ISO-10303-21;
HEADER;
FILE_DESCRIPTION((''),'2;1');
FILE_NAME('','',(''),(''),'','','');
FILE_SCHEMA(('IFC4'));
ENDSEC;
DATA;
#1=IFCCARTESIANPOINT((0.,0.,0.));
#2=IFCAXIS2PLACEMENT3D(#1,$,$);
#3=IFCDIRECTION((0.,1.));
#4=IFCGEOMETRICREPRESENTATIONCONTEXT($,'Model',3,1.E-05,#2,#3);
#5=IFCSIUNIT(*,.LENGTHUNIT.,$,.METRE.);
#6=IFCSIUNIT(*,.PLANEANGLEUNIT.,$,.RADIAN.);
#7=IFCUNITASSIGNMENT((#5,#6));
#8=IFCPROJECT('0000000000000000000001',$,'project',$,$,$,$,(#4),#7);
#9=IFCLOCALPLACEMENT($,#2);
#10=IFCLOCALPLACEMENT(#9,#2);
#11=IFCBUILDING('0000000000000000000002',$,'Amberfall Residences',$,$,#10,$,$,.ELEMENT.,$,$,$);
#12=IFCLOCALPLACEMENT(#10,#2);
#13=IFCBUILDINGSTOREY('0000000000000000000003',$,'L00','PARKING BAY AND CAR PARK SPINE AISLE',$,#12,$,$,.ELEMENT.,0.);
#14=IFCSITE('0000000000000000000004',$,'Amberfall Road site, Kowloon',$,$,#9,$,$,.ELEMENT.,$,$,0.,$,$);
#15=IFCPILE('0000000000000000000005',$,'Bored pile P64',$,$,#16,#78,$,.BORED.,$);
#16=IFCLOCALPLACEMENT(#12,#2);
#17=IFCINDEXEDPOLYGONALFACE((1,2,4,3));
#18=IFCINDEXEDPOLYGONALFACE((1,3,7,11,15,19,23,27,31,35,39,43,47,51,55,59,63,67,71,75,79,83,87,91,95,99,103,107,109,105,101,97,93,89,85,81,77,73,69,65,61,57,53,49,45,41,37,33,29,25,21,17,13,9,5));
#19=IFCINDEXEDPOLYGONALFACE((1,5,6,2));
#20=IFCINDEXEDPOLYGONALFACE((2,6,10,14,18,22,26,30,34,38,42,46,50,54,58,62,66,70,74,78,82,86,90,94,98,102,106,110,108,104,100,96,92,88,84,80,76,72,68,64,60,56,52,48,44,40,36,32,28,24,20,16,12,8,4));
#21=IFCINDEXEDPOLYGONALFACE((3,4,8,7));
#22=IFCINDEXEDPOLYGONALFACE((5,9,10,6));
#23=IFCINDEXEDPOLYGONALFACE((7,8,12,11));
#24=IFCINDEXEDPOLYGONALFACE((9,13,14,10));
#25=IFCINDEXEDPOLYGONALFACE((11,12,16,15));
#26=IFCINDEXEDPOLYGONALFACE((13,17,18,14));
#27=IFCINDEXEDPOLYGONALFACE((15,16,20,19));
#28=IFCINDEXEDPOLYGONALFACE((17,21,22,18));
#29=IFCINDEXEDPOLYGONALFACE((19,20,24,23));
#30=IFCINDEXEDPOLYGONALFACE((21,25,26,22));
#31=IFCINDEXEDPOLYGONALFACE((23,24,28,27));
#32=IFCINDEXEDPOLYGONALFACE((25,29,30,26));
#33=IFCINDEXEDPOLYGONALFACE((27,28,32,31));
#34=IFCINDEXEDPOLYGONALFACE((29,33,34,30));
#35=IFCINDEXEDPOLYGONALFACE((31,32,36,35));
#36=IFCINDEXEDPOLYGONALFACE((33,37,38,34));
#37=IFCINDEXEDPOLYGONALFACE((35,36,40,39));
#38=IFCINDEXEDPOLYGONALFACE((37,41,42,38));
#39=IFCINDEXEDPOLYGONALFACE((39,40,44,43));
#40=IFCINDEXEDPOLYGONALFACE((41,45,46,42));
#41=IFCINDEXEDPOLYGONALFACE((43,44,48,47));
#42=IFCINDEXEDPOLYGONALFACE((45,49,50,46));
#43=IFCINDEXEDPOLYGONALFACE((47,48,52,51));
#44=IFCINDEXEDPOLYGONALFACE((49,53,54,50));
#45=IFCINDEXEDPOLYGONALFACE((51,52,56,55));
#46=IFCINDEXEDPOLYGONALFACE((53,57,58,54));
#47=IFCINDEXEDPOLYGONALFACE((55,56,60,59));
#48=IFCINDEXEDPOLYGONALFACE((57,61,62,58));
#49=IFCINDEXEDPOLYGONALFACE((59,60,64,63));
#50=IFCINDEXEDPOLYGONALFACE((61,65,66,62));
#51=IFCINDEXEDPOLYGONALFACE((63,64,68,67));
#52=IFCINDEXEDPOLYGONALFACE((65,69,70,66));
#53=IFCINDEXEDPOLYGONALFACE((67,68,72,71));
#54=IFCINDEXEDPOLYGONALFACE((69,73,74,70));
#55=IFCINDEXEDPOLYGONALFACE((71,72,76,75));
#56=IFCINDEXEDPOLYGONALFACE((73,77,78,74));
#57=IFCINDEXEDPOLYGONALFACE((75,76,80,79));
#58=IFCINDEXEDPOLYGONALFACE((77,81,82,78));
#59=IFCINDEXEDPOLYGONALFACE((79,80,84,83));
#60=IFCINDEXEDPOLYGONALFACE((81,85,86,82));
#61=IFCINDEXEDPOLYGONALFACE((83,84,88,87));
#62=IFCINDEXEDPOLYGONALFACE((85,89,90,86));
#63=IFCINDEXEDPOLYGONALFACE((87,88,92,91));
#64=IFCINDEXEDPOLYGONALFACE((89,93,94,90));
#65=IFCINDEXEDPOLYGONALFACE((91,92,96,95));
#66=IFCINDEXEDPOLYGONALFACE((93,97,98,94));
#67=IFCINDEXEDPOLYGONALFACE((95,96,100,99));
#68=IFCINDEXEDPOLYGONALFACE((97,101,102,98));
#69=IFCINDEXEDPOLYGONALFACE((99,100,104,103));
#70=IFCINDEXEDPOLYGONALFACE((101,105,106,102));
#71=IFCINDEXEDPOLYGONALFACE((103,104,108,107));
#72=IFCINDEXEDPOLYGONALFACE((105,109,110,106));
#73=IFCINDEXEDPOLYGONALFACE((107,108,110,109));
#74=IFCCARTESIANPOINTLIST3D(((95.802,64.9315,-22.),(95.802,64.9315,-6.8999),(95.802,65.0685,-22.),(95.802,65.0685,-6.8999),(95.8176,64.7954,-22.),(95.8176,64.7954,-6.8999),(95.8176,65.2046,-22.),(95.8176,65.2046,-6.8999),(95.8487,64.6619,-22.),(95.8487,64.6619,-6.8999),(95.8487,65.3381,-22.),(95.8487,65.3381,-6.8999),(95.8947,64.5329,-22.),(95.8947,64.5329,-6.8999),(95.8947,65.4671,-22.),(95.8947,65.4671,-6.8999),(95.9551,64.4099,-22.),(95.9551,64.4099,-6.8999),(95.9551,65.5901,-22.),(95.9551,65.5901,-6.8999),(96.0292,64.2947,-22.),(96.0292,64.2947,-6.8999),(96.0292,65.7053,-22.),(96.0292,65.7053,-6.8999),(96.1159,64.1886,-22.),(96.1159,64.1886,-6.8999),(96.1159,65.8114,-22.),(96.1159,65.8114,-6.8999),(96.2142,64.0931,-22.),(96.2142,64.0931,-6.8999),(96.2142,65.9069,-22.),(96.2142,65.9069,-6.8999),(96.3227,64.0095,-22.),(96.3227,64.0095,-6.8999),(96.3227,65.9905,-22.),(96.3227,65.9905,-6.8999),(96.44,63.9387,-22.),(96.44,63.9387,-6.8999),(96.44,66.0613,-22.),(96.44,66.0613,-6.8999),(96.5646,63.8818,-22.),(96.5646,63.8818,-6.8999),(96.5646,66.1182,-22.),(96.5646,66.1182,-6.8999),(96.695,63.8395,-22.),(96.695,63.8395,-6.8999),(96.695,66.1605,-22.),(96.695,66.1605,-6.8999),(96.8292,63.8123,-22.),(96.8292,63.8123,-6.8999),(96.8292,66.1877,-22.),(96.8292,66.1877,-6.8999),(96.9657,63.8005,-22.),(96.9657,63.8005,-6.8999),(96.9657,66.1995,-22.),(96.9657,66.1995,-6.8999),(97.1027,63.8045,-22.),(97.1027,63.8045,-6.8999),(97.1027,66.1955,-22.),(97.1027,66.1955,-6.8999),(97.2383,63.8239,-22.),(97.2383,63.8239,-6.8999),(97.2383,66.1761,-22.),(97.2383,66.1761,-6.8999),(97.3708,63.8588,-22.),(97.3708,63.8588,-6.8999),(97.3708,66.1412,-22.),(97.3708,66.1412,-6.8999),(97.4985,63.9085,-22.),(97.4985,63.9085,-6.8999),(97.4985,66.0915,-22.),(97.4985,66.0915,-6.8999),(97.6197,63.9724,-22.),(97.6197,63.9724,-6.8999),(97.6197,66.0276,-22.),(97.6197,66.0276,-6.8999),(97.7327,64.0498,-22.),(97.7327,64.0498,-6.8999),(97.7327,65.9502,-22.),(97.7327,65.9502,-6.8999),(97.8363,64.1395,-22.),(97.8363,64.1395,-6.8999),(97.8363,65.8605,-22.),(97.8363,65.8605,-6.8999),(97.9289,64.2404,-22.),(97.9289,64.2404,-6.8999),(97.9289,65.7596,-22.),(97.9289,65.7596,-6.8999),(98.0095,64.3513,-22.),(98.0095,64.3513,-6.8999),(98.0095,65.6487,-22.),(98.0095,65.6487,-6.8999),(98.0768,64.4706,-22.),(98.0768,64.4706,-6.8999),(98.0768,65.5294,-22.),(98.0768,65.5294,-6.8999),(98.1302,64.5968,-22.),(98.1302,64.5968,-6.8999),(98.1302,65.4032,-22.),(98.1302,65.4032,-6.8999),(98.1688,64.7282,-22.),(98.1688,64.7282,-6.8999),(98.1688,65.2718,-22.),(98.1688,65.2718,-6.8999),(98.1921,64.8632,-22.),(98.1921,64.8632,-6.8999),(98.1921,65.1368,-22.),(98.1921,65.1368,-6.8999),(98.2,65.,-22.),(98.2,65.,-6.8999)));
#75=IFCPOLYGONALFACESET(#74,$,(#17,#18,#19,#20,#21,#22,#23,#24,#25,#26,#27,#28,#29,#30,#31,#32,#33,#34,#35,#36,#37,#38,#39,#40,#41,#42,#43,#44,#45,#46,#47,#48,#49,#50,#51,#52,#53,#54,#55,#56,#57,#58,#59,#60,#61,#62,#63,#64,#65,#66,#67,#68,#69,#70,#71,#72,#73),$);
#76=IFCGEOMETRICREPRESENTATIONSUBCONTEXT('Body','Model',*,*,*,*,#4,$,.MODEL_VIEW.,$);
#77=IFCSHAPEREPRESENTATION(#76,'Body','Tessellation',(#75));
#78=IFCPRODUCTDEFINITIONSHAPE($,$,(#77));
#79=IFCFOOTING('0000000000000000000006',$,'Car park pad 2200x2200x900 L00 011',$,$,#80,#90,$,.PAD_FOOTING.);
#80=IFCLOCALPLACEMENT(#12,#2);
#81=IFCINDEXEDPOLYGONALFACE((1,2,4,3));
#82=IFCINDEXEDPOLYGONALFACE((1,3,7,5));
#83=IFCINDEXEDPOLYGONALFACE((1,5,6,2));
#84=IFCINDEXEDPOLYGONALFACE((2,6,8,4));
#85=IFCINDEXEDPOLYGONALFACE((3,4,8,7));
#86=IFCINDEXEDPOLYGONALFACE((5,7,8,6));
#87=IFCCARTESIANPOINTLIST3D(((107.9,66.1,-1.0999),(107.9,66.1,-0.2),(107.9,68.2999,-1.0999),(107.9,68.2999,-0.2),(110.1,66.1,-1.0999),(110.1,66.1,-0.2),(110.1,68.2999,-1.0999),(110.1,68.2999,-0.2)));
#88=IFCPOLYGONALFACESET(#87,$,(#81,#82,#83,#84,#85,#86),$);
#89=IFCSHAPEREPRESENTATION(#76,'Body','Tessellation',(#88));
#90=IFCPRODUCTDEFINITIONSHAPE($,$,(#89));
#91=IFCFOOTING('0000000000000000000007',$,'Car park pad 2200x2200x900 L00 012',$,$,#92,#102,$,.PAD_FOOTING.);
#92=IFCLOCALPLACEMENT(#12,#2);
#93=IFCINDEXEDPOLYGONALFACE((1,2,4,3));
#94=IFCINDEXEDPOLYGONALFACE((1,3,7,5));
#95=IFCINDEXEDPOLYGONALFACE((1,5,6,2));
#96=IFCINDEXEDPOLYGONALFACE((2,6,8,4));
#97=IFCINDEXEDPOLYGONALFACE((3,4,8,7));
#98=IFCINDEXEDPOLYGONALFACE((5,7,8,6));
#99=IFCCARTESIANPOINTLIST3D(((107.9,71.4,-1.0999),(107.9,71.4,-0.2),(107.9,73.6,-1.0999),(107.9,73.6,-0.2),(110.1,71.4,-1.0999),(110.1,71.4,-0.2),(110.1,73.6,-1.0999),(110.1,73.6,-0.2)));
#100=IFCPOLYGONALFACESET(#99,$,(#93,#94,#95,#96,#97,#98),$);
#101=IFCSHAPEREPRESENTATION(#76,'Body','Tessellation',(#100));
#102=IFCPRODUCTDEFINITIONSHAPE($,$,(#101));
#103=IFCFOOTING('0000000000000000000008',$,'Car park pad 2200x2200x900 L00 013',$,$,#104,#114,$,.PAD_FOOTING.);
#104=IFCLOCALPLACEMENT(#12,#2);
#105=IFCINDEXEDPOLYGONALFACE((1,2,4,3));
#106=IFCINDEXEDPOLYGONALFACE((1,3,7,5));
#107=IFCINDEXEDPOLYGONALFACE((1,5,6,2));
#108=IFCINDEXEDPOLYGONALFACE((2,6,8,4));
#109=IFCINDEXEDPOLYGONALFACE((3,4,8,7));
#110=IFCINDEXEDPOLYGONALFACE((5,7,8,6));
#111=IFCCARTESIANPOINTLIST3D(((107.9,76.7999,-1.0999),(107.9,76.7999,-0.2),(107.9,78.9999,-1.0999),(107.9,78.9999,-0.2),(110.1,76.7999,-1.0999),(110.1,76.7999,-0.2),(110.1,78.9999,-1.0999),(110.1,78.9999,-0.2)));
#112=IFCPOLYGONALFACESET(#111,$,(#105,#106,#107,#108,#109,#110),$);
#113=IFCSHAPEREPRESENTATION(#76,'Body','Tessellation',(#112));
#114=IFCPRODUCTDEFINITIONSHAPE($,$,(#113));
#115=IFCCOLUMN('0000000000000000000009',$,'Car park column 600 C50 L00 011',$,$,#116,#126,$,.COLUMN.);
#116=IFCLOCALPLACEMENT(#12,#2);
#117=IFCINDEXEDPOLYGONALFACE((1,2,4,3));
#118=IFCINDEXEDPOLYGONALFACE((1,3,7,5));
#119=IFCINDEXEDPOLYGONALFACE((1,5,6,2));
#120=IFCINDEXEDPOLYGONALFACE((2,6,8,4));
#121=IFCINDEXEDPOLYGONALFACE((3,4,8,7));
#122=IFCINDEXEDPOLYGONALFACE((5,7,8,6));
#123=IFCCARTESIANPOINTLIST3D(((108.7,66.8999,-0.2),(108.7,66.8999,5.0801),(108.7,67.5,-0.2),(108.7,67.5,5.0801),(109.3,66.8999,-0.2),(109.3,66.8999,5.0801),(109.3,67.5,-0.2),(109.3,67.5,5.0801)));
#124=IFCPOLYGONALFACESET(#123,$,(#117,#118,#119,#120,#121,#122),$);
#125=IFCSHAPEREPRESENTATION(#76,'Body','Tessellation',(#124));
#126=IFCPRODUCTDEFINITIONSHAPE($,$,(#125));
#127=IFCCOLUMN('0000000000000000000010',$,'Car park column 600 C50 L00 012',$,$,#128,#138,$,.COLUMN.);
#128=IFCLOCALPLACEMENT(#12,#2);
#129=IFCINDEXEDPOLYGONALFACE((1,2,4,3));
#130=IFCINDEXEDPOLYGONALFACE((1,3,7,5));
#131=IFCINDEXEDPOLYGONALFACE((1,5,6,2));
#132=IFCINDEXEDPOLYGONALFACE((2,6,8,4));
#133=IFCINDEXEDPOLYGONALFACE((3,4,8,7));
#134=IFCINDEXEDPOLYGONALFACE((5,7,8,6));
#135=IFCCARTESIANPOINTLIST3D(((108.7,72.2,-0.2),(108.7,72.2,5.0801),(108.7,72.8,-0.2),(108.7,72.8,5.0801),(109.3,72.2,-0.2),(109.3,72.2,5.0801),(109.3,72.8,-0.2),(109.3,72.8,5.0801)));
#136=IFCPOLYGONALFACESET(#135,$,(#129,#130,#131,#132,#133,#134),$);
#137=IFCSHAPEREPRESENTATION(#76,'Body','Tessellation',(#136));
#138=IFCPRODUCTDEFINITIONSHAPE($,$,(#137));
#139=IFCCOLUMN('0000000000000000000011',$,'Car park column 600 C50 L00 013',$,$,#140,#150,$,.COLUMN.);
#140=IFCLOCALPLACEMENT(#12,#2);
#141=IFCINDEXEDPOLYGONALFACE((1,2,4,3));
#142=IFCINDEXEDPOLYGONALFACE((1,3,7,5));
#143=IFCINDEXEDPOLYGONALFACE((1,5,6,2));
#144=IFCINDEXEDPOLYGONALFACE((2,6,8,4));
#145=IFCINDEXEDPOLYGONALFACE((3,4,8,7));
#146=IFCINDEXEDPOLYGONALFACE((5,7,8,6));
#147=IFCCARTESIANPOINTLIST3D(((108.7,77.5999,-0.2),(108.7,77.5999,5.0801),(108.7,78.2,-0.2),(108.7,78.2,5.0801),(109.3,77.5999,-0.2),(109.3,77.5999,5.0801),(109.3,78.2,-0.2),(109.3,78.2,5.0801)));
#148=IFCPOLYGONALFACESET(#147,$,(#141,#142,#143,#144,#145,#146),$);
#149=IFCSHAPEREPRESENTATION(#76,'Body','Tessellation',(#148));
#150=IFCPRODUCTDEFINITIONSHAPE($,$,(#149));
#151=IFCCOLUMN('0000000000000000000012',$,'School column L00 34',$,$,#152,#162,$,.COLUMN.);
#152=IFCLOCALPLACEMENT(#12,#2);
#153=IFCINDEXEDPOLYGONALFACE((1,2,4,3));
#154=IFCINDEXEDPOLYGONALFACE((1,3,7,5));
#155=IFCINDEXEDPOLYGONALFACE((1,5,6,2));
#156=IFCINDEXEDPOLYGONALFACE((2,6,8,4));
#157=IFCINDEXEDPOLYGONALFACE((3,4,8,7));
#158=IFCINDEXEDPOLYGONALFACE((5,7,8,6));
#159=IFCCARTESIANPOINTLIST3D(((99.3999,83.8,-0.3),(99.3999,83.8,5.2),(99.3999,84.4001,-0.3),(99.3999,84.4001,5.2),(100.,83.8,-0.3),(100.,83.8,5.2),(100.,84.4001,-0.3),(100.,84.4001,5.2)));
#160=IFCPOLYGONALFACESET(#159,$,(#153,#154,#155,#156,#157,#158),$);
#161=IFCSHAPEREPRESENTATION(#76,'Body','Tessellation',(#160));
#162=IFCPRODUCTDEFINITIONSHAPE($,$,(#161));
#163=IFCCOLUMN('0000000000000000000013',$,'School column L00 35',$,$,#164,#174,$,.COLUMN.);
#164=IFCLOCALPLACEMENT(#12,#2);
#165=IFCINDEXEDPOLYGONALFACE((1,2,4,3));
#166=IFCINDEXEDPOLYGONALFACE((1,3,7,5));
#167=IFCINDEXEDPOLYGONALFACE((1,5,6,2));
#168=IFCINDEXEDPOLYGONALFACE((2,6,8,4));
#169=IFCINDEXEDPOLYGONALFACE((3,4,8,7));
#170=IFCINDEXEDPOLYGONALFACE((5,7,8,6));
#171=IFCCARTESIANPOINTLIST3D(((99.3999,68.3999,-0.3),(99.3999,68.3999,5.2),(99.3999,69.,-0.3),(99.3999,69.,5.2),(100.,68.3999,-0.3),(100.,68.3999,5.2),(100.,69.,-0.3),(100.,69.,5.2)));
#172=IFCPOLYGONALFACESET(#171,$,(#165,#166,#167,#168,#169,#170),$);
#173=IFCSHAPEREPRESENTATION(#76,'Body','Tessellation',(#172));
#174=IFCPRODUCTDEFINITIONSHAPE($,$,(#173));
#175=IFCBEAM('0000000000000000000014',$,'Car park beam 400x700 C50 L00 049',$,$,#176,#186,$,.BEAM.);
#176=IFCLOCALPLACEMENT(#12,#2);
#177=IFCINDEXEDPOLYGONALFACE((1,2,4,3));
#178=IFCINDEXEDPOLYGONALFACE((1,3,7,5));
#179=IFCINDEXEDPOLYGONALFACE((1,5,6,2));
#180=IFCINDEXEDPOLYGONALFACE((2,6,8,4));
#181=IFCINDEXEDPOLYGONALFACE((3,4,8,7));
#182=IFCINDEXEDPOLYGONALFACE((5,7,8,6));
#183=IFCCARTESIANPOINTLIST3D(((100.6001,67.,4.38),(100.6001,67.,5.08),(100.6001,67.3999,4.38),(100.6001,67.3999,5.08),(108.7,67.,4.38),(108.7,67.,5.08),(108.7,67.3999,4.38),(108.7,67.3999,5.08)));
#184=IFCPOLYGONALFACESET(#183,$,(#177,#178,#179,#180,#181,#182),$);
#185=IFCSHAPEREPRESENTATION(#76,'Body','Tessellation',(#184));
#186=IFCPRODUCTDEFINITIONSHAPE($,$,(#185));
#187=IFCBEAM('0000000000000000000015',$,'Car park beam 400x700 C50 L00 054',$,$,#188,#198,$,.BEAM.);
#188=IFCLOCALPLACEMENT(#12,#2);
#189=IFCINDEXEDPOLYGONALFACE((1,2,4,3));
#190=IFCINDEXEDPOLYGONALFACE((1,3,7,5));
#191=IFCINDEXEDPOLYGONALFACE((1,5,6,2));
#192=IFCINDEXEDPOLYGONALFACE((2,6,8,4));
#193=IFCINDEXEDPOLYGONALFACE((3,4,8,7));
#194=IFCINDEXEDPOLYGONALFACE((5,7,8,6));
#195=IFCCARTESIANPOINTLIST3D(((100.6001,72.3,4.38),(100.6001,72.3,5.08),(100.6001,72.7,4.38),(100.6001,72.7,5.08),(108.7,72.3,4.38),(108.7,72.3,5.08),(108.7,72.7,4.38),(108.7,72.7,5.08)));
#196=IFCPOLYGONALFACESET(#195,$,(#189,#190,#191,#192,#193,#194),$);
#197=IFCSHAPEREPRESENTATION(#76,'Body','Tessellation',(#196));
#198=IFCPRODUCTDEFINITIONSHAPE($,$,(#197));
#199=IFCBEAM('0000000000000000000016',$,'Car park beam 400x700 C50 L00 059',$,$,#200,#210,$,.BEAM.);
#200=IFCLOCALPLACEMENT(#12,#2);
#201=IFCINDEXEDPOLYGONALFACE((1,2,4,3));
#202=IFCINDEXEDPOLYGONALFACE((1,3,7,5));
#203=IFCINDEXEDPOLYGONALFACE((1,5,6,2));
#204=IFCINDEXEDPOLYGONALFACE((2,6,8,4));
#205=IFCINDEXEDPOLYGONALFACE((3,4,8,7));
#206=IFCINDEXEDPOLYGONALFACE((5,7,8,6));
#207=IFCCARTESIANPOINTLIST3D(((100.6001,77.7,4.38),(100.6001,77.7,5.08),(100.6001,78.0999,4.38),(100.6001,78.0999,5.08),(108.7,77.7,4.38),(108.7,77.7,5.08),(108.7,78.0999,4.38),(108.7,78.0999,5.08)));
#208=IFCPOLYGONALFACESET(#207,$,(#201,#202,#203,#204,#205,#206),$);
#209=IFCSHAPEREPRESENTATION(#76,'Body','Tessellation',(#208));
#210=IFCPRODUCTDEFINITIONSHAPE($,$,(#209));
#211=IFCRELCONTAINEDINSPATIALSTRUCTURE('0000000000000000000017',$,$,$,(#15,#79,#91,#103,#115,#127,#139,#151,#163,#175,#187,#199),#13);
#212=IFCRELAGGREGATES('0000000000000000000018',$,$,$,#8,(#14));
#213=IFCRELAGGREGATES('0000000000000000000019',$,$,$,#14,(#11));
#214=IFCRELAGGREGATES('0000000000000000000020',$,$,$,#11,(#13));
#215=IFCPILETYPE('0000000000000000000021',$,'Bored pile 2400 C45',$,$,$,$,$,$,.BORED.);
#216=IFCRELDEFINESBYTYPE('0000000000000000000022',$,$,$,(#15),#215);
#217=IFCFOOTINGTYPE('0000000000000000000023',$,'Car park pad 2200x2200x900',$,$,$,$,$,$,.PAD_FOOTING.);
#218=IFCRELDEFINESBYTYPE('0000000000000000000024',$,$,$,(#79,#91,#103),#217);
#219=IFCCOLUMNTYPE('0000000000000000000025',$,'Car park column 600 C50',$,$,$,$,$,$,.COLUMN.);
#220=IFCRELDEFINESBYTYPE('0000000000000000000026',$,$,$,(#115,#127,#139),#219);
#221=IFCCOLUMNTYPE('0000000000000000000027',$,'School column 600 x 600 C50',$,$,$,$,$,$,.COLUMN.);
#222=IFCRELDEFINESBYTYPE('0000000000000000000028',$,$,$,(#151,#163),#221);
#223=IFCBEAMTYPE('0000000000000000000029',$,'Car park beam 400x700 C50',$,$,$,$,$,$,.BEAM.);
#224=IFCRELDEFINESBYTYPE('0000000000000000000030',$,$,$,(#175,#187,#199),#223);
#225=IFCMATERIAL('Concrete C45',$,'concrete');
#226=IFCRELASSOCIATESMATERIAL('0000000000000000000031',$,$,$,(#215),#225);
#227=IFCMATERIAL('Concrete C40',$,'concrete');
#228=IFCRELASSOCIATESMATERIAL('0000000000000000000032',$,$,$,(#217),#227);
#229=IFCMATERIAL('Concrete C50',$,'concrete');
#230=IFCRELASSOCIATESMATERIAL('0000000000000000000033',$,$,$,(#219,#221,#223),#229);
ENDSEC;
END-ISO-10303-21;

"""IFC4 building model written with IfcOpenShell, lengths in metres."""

from ifc_helpers import new_model, si_unit, direction, frame, origin, origin_2d, place, context, subcontext, project, spatial, rectangle, circle, extrude, material, material_profile, profile_set, type_object, element, save


model = new_model("IFC4")

# Units and contexts
model_context = context("Model", 3, precision=1e-05, world=origin(), true_north=direction((0.0, 1.0)))
body_context = subcontext(model_context, "Body", "Model", "MODEL_VIEW")
ifc_project = project(units=[si_unit("LENGTHUNIT", "METRE"), si_unit("PLANEANGLEUNIT", "RADIAN")], contexts=[model_context])

# Site, building, storey
site_placement = place(None, origin())
site = spatial("IfcSite", under=ifc_project, at=site_placement, Name="Amberfall Road site, Kowloon", CompositionType="ELEMENT", RefElevation=0.0)
building_placement = place(site_placement, origin())
building = spatial("IfcBuilding", under=site, at=building_placement, Name="Amberfall Residences", CompositionType="ELEMENT")
storey_placement = place(building_placement, origin())
storey = spatial("IfcBuildingStorey", under=building, at=storey_placement, Name="L00", Description="PARKING BAY AND CAR PARK SPINE AISLE", CompositionType="ELEMENT", Elevation=0.0)

# Pile
ifc_material_1 = material(Name="Concrete C45", Category="concrete")
ifc_material_profile_1 = material_profile(ifc_material_1, circle(Radius=1.2, at=origin_2d()), Name="Bored pile 2400 C45")
ifc_profile_set_1 = profile_set([ifc_material_profile_1], Name="Concrete C45")
pile_type = type_object("IfcPileType", Name="Bored pile 2400 C45", PredefinedType="BORED", material=ifc_profile_set_1)
pile_placement = place(storey_placement, frame((97.0, 65.0, -6.8999), z_axis=(0.0, 0.0, -1.0), x_axis=(1.0, 0.0, 0.0)))
element("IfcPile", 1, at=pile_placement, inside=storey, type_object=pile_type, Name="Bored pile P64", PredefinedType="BORED", context=body_context, shape_type="SweptSolid", body=[
    extrude(circle(Radius=1.2, at=origin_2d()), origin(), (0.0, 0.0, 1.0), 15.1001),
])

# Footings
ifc_material_2 = material(Name="Concrete C40", Category="concrete")
footing_type = type_object("IfcFootingType", Name="Car park pad 2200x2200x900", PredefinedType="PAD_FOOTING", material=ifc_material_2)
for number, where, z_axis, x_axis, name in (
    (2, (109.0, 67.2, -1.0999), (0.0, 0.0, 1.0), (1.0, 0.0, 0.0), "Car park pad 2200x2200x900 L00 011"),
    (3, (109.0, 72.5, -1.0999), (0.0, 0.0, 1.0), (1.0, 0.0, 0.0), "Car park pad 2200x2200x900 L00 012"),
    (4, (109.0, 77.8999, -1.0999), (0.0, 0.0, 1.0), (1.0, 0.0, 0.0), "Car park pad 2200x2200x900 L00 013"),
):
    element("IfcFooting", number, at=place(storey_placement, frame(where, z_axis=z_axis, x_axis=x_axis)), inside=storey, type_object=footing_type, Name=name, PredefinedType="PAD_FOOTING", context=body_context, shape_type="SweptSolid", body=[
        extrude(rectangle(XDim=2.2, YDim=2.2, at=origin_2d()), origin(), (0.0, 0.0, 1.0), 0.8999),
    ])

# Columns
ifc_material_3 = material(Name="Concrete C50", Category="concrete")
ifc_material_profile_2 = material_profile(ifc_material_3, rectangle(XDim=0.6001, YDim=0.6001, at=origin_2d()), Name="RC 600x600")
ifc_profile_set_2 = profile_set([ifc_material_profile_2], Name="Concrete C50")
column_type_1 = type_object("IfcColumnType", Name="Car park column 600 C50", PredefinedType="COLUMN", material=ifc_profile_set_2)
for number, where, z_axis, x_axis, name in (
    (5, (109.0, 67.2, -0.2), (0.0, 0.0, 1.0), (1.0, 0.0, 0.0), "Car park column 600 C50 L00 011"),
    (6, (109.0, 72.5, -0.2), (0.0, 0.0, 1.0), (1.0, 0.0, 0.0), "Car park column 600 C50 L00 012"),
    (7, (109.0, 77.8999, -0.2), (0.0, 0.0, 1.0), (1.0, 0.0, 0.0), "Car park column 600 C50 L00 013"),
):
    element("IfcColumn", number, at=place(storey_placement, frame(where, z_axis=z_axis, x_axis=x_axis)), inside=storey, type_object=column_type_1, Name=name, PredefinedType="COLUMN", context=body_context, shape_type="SweptSolid", body=[
        extrude(rectangle(XDim=0.6001, YDim=0.6001, at=origin_2d()), origin(), (0.0, 0.0, 1.0), 5.28),
    ])
ifc_material_profile_3 = material_profile(ifc_material_3, rectangle(XDim=0.6001, YDim=0.6001, at=origin_2d()), Name="School column 600 x 600 C50")
ifc_profile_set_3 = profile_set([ifc_material_profile_3], Name="Concrete C50")
column_type_2 = type_object("IfcColumnType", Name="School column 600 x 600 C50", PredefinedType="COLUMN", material=ifc_profile_set_3)
for number, where, z_axis, x_axis, name in (
    (8, (99.7, 84.1001, -0.3), (0.0, 0.0, 1.0), (1.0, 0.0, 0.0), "School column L00 34"),
    (9, (99.7, 68.7, -0.3), (0.0, 0.0, 1.0), (1.0, 0.0, 0.0), "School column L00 35"),
):
    element("IfcColumn", number, at=place(storey_placement, frame(where, z_axis=z_axis, x_axis=x_axis)), inside=storey, type_object=column_type_2, Name=name, PredefinedType="COLUMN", context=body_context, shape_type="SweptSolid", body=[
        extrude(rectangle(XDim=0.6001, YDim=0.6001, at=origin_2d()), origin(), (0.0, 0.0, 1.0), 5.5),
    ])

# Beams
ifc_material_profile_4 = material_profile(ifc_material_3, rectangle(XDim=0.3999, YDim=0.7, at=origin_2d()), Name="RC 400x700")
ifc_profile_set_4 = profile_set([ifc_material_profile_4], Name="Concrete C50")
beam_type = type_object("IfcBeamType", Name="Car park beam 400x700 C50", PredefinedType="BEAM", material=ifc_profile_set_4)
for number, where, z_axis, x_axis, name in (
    (10, (100.6001, 67.2, 4.73), (1.0, 0.0, 0.0), (0.0, 1.0, 0.0), "Car park beam 400x700 C50 L00 049"),
    (11, (100.6001, 72.5, 4.73), (1.0, 0.0, 0.0), (0.0, 1.0, 0.0), "Car park beam 400x700 C50 L00 054"),
    (12, (100.6001, 77.8999, 4.73), (1.0, 0.0, 0.0), (0.0, 1.0, 0.0), "Car park beam 400x700 C50 L00 059"),
):
    element("IfcBeam", number, at=place(storey_placement, frame(where, z_axis=z_axis, x_axis=x_axis)), inside=storey, type_object=beam_type, Name=name, PredefinedType="BEAM", context=body_context, shape_type="SweptSolid", body=[
        extrude(rectangle(XDim=0.3999, YDim=0.7, at=origin_2d()), origin(), (0.0, 0.0, 1.0), 8.0999),
    ])

save(model, "model.ifc")
